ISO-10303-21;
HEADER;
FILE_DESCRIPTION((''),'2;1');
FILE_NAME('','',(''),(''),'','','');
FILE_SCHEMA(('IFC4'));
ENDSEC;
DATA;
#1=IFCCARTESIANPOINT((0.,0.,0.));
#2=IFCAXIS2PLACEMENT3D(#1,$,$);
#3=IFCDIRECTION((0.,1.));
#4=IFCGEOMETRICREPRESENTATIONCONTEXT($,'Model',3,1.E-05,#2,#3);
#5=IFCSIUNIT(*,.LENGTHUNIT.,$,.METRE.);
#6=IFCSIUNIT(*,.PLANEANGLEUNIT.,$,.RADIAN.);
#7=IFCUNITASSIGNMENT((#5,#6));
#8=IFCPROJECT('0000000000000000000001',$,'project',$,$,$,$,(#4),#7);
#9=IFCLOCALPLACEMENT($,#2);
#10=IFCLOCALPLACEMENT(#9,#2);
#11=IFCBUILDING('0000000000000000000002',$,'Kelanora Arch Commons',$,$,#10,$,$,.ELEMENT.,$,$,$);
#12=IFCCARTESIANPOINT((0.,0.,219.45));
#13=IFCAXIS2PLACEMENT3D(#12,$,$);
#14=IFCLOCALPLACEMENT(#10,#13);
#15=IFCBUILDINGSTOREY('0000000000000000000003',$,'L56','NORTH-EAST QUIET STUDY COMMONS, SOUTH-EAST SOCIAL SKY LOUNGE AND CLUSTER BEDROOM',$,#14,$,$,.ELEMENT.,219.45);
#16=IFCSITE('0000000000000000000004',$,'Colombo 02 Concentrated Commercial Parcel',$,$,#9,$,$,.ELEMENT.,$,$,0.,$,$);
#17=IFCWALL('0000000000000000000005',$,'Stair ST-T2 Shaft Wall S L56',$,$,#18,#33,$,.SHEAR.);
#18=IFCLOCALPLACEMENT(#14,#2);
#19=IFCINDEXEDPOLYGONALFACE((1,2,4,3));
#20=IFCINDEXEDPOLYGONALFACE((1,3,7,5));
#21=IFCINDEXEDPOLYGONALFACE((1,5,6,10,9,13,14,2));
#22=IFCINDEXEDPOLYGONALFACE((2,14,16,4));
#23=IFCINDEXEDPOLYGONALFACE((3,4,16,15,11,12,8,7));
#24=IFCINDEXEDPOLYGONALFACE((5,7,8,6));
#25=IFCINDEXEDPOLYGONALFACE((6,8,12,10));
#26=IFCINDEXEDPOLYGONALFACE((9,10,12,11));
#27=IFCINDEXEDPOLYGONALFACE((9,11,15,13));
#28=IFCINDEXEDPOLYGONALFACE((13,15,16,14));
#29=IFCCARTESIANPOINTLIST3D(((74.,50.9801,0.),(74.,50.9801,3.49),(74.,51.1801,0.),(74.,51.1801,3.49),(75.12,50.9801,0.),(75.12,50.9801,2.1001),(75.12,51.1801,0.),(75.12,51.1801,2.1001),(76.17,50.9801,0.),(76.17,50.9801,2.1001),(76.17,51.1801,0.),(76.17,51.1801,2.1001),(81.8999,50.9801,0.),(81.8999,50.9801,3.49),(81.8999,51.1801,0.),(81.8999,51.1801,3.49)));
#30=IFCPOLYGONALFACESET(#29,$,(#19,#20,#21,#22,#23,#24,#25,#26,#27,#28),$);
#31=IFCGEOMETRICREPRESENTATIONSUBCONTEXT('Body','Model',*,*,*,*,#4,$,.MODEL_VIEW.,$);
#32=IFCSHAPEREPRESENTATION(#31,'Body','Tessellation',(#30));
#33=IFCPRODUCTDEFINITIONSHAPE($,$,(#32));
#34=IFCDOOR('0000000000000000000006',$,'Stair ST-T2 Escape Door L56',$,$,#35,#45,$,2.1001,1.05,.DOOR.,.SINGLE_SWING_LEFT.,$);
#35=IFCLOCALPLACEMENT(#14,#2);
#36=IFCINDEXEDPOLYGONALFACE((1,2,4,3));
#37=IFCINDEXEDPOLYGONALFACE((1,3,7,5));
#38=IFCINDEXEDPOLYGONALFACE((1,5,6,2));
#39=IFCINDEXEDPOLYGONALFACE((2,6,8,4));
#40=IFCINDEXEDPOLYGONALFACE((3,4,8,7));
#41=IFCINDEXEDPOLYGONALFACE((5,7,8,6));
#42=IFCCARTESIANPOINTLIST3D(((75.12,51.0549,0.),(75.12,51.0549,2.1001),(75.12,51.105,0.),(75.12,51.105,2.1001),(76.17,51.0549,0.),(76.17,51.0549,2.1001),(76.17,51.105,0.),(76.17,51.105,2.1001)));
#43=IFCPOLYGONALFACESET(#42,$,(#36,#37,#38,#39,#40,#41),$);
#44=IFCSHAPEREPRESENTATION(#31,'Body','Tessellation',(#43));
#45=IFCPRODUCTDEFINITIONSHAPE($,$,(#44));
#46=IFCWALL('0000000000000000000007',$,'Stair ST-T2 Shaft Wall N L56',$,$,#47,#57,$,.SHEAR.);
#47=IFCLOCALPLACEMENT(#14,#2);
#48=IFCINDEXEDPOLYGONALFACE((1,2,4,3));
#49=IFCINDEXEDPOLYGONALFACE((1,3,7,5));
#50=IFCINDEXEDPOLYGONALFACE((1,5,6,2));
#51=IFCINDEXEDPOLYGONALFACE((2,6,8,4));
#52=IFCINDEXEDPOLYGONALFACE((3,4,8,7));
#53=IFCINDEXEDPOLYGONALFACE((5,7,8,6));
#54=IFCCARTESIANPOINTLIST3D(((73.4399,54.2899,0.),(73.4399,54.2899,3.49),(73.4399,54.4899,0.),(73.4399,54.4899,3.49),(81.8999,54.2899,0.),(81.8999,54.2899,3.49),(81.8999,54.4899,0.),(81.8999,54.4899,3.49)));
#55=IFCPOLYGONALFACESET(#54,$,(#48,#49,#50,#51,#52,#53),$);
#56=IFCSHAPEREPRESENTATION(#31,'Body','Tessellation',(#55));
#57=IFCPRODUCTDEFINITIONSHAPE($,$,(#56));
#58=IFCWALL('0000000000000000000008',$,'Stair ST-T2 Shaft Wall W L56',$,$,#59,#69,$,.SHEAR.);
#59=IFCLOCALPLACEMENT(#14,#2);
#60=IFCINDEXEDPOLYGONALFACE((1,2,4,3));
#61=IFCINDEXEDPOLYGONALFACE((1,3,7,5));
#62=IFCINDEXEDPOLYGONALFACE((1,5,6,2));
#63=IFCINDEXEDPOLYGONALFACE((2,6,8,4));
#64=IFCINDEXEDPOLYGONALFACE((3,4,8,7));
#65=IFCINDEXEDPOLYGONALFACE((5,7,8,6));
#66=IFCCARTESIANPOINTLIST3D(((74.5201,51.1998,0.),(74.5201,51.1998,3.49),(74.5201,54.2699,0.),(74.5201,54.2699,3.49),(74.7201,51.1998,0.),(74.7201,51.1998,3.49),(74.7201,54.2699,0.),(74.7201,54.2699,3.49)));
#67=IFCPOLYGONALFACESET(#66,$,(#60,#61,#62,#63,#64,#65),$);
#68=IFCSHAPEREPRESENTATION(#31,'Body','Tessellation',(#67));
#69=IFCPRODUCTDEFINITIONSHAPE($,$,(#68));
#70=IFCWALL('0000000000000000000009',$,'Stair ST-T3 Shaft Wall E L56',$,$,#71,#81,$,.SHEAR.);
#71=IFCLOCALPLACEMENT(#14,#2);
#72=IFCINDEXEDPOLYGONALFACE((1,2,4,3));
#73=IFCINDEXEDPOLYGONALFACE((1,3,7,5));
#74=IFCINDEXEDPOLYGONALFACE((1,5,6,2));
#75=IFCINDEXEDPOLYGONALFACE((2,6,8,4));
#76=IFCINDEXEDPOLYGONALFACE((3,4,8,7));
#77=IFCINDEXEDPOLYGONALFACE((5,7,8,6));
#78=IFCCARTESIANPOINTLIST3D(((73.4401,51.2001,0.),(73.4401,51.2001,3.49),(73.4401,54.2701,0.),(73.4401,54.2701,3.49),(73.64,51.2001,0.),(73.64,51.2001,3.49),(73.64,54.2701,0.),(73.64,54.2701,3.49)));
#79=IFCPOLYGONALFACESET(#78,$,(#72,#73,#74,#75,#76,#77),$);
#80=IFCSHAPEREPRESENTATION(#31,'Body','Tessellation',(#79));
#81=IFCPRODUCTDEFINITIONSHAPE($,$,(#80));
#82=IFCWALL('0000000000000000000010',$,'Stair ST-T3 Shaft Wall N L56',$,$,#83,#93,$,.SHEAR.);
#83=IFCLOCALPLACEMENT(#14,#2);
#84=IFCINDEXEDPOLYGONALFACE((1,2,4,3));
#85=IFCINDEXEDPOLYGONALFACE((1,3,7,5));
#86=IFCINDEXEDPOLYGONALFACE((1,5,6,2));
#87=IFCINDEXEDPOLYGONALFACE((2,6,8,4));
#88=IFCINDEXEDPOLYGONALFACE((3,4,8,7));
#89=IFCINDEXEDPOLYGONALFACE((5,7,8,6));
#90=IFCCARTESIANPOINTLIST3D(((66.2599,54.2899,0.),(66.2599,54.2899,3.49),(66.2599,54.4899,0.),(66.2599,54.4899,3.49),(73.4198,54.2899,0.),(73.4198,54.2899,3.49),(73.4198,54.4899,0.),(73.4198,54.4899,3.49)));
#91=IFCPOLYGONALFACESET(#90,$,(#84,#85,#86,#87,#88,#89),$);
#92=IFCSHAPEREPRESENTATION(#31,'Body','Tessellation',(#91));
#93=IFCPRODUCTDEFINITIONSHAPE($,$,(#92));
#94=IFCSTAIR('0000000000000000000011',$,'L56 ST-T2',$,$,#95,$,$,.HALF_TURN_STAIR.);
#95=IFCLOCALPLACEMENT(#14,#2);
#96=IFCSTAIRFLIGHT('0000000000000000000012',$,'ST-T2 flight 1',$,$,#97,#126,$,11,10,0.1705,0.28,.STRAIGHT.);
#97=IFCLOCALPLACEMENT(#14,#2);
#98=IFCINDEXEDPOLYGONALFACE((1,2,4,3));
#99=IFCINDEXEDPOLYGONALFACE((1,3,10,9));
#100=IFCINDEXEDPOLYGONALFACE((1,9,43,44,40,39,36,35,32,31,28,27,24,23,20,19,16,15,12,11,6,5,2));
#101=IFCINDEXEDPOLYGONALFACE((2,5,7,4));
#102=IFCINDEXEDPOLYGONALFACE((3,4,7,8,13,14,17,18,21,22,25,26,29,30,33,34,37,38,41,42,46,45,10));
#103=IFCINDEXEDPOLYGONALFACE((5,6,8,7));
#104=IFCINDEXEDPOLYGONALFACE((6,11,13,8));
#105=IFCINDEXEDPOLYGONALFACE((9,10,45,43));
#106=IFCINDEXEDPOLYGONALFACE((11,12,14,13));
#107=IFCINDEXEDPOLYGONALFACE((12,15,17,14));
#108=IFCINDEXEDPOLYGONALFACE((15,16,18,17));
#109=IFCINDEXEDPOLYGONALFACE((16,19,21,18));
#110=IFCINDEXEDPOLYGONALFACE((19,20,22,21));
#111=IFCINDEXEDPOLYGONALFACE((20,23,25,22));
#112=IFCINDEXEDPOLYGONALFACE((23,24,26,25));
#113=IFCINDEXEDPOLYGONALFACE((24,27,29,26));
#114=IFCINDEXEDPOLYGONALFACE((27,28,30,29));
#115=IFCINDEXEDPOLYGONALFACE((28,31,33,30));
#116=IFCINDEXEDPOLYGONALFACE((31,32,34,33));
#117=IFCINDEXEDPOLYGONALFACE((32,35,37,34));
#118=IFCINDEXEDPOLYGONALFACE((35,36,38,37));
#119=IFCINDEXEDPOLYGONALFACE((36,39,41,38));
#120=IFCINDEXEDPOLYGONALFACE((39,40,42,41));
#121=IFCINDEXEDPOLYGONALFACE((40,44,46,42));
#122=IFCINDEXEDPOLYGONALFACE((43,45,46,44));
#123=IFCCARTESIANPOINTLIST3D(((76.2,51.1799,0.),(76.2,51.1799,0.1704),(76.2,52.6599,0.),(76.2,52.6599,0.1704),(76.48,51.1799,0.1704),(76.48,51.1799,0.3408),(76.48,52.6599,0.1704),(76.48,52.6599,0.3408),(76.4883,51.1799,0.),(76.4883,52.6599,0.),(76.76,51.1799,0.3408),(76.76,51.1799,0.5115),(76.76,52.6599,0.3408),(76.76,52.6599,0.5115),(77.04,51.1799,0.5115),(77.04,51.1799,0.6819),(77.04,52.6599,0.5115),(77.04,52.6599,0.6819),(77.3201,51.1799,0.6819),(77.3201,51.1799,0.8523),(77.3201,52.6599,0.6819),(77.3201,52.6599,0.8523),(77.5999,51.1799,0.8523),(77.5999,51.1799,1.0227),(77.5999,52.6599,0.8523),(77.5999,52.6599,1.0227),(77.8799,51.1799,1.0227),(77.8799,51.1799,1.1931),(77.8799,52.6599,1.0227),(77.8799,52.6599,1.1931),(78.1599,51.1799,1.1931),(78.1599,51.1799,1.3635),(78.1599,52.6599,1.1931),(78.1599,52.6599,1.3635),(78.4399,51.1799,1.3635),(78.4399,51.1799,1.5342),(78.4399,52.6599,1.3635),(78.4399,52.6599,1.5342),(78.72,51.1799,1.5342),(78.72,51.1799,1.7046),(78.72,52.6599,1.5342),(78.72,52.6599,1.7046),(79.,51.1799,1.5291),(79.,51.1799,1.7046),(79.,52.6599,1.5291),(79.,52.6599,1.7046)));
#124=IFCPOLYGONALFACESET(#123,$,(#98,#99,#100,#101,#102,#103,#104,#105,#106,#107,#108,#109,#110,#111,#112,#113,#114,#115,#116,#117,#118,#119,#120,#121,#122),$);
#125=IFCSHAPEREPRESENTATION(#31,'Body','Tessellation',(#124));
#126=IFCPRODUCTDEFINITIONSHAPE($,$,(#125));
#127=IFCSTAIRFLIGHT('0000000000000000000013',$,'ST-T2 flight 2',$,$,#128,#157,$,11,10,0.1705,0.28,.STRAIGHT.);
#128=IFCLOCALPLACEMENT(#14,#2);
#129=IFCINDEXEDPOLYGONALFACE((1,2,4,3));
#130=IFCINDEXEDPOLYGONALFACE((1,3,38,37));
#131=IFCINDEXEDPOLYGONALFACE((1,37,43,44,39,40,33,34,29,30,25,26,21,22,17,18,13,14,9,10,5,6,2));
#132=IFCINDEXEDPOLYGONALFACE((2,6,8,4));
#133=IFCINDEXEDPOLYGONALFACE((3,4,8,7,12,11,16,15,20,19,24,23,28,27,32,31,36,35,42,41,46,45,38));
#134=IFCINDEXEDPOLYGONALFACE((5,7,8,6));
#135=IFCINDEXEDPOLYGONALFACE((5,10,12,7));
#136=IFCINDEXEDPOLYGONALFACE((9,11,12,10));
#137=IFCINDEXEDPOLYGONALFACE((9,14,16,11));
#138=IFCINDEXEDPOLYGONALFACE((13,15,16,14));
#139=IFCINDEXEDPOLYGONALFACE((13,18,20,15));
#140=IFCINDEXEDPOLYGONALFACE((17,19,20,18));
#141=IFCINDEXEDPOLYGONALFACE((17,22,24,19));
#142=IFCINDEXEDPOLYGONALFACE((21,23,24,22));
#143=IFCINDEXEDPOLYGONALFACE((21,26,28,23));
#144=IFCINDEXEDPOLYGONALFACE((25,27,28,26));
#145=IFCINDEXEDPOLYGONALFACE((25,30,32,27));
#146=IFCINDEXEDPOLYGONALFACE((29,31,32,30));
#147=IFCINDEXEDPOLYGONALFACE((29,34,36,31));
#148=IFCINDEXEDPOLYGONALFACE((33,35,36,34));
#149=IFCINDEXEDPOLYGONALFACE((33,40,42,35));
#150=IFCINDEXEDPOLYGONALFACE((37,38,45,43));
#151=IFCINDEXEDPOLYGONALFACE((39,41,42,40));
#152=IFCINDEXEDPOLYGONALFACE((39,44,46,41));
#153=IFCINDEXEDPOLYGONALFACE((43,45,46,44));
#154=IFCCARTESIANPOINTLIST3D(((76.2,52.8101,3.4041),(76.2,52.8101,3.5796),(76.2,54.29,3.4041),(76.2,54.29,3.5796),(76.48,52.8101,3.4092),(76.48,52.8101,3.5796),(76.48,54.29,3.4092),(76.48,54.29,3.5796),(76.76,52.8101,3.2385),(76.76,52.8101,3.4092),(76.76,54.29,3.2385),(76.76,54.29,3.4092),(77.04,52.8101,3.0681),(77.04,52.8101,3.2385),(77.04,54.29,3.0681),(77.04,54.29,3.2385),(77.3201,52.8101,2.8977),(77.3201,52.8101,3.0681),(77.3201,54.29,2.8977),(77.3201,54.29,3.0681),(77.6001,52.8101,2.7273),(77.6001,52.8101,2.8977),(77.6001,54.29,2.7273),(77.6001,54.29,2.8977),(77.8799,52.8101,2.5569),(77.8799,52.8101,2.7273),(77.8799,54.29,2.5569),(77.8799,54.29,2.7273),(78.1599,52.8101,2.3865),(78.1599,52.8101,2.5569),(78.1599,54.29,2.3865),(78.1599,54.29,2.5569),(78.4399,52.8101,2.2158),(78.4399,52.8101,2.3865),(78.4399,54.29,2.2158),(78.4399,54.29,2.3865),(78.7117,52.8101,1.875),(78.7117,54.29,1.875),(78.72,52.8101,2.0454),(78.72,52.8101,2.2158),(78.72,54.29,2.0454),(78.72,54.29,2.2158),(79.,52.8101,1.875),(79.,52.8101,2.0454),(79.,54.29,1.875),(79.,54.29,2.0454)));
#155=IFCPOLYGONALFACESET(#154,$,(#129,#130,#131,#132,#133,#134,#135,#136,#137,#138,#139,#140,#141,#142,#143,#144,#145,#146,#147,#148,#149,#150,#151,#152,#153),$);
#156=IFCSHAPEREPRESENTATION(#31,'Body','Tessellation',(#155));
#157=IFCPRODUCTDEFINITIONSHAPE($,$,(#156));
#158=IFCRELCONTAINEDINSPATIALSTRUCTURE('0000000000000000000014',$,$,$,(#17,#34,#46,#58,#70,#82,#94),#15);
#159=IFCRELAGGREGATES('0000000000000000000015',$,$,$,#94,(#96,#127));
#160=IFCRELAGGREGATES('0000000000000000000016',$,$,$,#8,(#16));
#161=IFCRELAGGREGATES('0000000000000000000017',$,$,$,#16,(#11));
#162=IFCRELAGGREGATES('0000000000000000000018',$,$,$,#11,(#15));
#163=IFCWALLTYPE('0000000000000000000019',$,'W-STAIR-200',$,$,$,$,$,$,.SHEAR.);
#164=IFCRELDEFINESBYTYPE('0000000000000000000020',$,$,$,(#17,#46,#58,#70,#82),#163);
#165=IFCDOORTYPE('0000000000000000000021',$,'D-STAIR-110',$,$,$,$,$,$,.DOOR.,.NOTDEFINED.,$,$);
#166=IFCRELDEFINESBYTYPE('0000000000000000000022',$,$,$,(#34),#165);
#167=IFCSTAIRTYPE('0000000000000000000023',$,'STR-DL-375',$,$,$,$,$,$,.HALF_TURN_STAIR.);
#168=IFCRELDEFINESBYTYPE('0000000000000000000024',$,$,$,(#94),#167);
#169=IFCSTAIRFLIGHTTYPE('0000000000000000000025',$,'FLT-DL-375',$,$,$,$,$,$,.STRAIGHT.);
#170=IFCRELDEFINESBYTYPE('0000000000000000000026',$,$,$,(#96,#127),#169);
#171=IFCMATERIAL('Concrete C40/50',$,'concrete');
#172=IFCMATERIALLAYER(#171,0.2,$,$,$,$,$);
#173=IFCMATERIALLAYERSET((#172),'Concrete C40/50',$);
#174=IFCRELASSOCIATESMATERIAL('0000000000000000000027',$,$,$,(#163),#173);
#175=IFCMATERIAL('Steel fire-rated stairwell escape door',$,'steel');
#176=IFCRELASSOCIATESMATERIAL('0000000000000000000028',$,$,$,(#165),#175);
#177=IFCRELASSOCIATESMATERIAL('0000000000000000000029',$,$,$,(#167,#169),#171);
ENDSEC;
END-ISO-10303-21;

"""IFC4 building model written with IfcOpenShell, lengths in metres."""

from ifc_helpers import new_model, si_unit, direction, frame, frame_2d, origin, place, context, subcontext, project, spatial, polyline, rectangle, outline, extrude, material, layer, layer_set, type_object, element, fill, aggregate, save


model = new_model("IFC4")

# Units and contexts
model_context = context("Model", 3, precision=1e-05, world=origin(), true_north=direction((0.0, 1.0)))
body_context = subcontext(model_context, "Body", "Model", "MODEL_VIEW")
ifc_project = project(units=[si_unit("LENGTHUNIT", "METRE"), si_unit("PLANEANGLEUNIT", "RADIAN")], contexts=[model_context])

# Site, building, storey
site_placement = place(None, origin())
site = spatial("IfcSite", under=ifc_project, at=site_placement, Name="Colombo 02 Concentrated Commercial Parcel", CompositionType="ELEMENT", RefElevation=0.0)
building_placement = place(site_placement, origin())
building = spatial("IfcBuilding", under=site, at=building_placement, Name="Kelanora Arch Commons", CompositionType="ELEMENT")
storey_placement = place(building_placement, frame((0.0, 0.0, 219.45)))
storey = spatial("IfcBuildingStorey", under=building, at=storey_placement, Name="L56", Description="NORTH-EAST QUIET STUDY COMMONS, SOUTH-EAST SOCIAL SKY LOUNGE AND CLUSTER BEDROOM", CompositionType="ELEMENT", Elevation=219.45)

# Wall, opening, door
ifc_material_1 = material(Name="Concrete C40/50", Category="concrete")
ifc_layer_1 = layer(ifc_material_1, 0.2)
ifc_layer_set_1 = layer_set([ifc_layer_1], Name="Concrete C40/50")
wall_type_1 = type_object("IfcWallType", Name="W-STAIR-200", PredefinedType="SHEAR", material=ifc_layer_set_1)
wall_1_placement = place(storey_placement, frame((74.0, 51.0801, 0.0), z_axis=(0.0, 0.0, 1.0), x_axis=(1.0, 0.0, 0.0)))
wall_1 = element("IfcWall", 1, at=wall_1_placement, inside=storey, type_object=wall_type_1, Name="Stair ST-T2 Shaft Wall S L56", PredefinedType="SHEAR", context=body_context, shape_type="SweptSolid", body=[
    extrude(rectangle(XDim=7.8999, YDim=0.2, at=frame_2d((3.95, 0.0))), origin(), (0.0, 0.0, 1.0), 3.49),
])
opening_placement = place(wall_1_placement, frame((1.1201, 0.0, 0.0)))
opening = element("IfcOpeningElement", 2, at=opening_placement, cuts=wall_1, PredefinedType="OPENING", context=body_context, shape_type="SweptSolid", body=[
    extrude(rectangle(XDim=1.05, YDim=2.1001, at=frame_2d((0.5249, 1.05))), frame((0.0, 0.1099, 0.0), z_axis=(0.0, -1.0, 0.0), x_axis=(1.0, 0.0, 0.0)), (0.0, 0.0, 1.0), 0.22),
])
ifc_material_2 = material(Name="Steel fire-rated stairwell escape door", Category="steel")
door_type = type_object("IfcDoorType", Name="D-STAIR-110", OperationType="NOTDEFINED", PredefinedType="DOOR", material=ifc_material_2)
door_placement = place(opening_placement, origin())
door = element("IfcDoor", 3, at=door_placement, inside=storey, type_object=door_type, Name="Stair ST-T2 Escape Door L56", OperationType="SINGLE_SWING_LEFT", OverallHeight=2.1001, OverallWidth=1.05, PredefinedType="DOOR", context=body_context, shape_type="SweptSolid", body=[
    extrude(rectangle(XDim=1.05, YDim=2.1001, at=frame_2d((0.5249, 1.05))), frame((0.0, 0.0249, 0.0), z_axis=(0.0, -1.0, 0.0), x_axis=(1.0, 0.0, 0.0)), (0.0, 0.0, 1.0), 0.05),
])
fill(opening, door)

# Walls
wall_2_placement = place(storey_placement, frame((81.8999, 54.3899, 0.0), z_axis=(0.0, 0.0, 1.0), x_axis=(-1.0, 0.0, 0.0)))
element("IfcWall", 4, at=wall_2_placement, inside=storey, type_object=wall_type_1, Name="Stair ST-T2 Shaft Wall N L56", PredefinedType="SHEAR", context=body_context, shape_type="SweptSolid", body=[
    extrude(rectangle(XDim=8.46, YDim=0.2, at=frame_2d((4.23, 0.0))), origin(), (0.0, 0.0, 1.0), 3.49),
])
for number, where, z_axis, x_axis, name in (
    (5, (74.6201, 54.27, 0.0), (0.0, 0.0, 1.0), (0.0, -1.0, 0.0), "Stair ST-T2 Shaft Wall W L56"),
    (6, (73.54, 51.2, 0.0), (0.0, 0.0, 1.0), (0.0, 1.0, 0.0), "Stair ST-T3 Shaft Wall E L56"),
):
    element("IfcWall", number, at=place(storey_placement, frame(where, z_axis=z_axis, x_axis=x_axis)), inside=storey, type_object=wall_type_1, Name=name, PredefinedType="SHEAR", context=body_context, shape_type="SweptSolid", body=[
        extrude(rectangle(XDim=3.0701, YDim=0.2, at=frame_2d((1.5352, 0.0))), origin(), (0.0, 0.0, 1.0), 3.49),
    ])
wall_3_placement = place(storey_placement, frame((73.4199, 54.3899, 0.0), z_axis=(0.0, 0.0, 1.0), x_axis=(-1.0, 0.0, 0.0)))
element("IfcWall", 7, at=wall_3_placement, inside=storey, type_object=wall_type_1, Name="Stair ST-T3 Shaft Wall N L56", PredefinedType="SHEAR", context=body_context, shape_type="SweptSolid", body=[
    extrude(rectangle(XDim=7.1599, YDim=0.2, at=frame_2d((3.5801, 0.0))), origin(), (0.0, 0.0, 1.0), 3.49),
])

# Stair, stair flights
stair_type = type_object("IfcStairType", Name="STR-DL-375", PredefinedType="HALF_TURN_STAIR", material=ifc_material_1)
stair_placement = place(storey_placement, origin())
stair = element("IfcStair", 8, at=stair_placement, inside=storey, type_object=stair_type, Name="L56 ST-T2", PredefinedType="HALF_TURN_STAIR")
stair_flight_type = type_object("IfcStairFlightType", Name="FLT-DL-375", PredefinedType="STRAIGHT", material=ifc_material_1)
stair_flight_1_placement = place(storey_placement, frame((76.2, 51.9199, 0.0), z_axis=(0.0, 0.0, 1.0), x_axis=(1.0, 0.0, 0.0)))
stair_flight_1 = element("IfcStairFlight", 9, at=stair_flight_1_placement, type_object=stair_flight_type, Name="ST-T2 flight 1", NumberOfRisers=11, NumberOfTreads=10, PredefinedType="STRAIGHT", RiserHeight=0.1705, TreadLength=0.28, context=body_context, shape_type="SweptSolid", body=[
    extrude(outline(polyline([(0.0, 0.0), (0.0, 0.1704), (0.28, 0.1704), (0.28, 0.3408), (0.5601, 0.3408), (0.5601, 0.5115), (0.8401, 0.5115), (0.8401, 0.6819), (1.1201, 0.6819), (1.1201, 0.8523), (1.3999, 0.8523), (1.3999, 1.0227), (1.6799, 1.0227), (1.6799, 1.1931), (1.96, 1.1931), (1.96, 1.3635), (2.24, 1.3635), (2.24, 1.5342), (2.52, 1.5342), (2.52, 1.7046), (2.8, 1.7046), (2.8, 1.875), (2.8, 1.5291), (0.2883, 0.0), (0.0, 0.0)])), frame((0.0, 0.74, 0.0), z_axis=(0.0, -1.0, 0.0), x_axis=(1.0, 0.0, 0.0)), (0.0, 0.0, 1.0), 1.48),
])
stair_flight_2_placement = place(storey_placement, frame((79.0, 53.55, 1.875), z_axis=(0.0, 0.0, 1.0), x_axis=(-1.0, 0.0, 0.0)))
stair_flight_2 = element("IfcStairFlight", 10, at=stair_flight_2_placement, type_object=stair_flight_type, Name="ST-T2 flight 2", NumberOfRisers=11, NumberOfTreads=10, PredefinedType="STRAIGHT", RiserHeight=0.1705, TreadLength=0.28, context=body_context, shape_type="SweptSolid", body=[
    extrude(outline(polyline([(0.0, 0.0), (0.0, 0.1704), (0.28, 0.1704), (0.28, 0.3408), (0.5601, 0.3408), (0.5601, 0.5115), (0.8401, 0.5115), (0.8401, 0.6819), (1.1201, 0.6819), (1.1201, 0.8523), (1.3999, 0.8523), (1.3999, 1.0227), (1.6799, 1.0227), (1.6799, 1.1931), (1.96, 1.1931), (1.96, 1.3635), (2.24, 1.3635), (2.24, 1.5342), (2.52, 1.5342), (2.52, 1.7046), (2.8, 1.7046), (2.8, 1.875), (2.8, 1.5291), (0.2883, 0.0), (0.0, 0.0)])), frame((0.0, 0.74, 0.0), z_axis=(0.0, -1.0, 0.0), x_axis=(1.0, 0.0, 0.0)), (0.0, 0.0, 1.0), 1.48),
])
aggregate(stair, [stair_flight_1, stair_flight_2])

save(model, "model.ifc")
